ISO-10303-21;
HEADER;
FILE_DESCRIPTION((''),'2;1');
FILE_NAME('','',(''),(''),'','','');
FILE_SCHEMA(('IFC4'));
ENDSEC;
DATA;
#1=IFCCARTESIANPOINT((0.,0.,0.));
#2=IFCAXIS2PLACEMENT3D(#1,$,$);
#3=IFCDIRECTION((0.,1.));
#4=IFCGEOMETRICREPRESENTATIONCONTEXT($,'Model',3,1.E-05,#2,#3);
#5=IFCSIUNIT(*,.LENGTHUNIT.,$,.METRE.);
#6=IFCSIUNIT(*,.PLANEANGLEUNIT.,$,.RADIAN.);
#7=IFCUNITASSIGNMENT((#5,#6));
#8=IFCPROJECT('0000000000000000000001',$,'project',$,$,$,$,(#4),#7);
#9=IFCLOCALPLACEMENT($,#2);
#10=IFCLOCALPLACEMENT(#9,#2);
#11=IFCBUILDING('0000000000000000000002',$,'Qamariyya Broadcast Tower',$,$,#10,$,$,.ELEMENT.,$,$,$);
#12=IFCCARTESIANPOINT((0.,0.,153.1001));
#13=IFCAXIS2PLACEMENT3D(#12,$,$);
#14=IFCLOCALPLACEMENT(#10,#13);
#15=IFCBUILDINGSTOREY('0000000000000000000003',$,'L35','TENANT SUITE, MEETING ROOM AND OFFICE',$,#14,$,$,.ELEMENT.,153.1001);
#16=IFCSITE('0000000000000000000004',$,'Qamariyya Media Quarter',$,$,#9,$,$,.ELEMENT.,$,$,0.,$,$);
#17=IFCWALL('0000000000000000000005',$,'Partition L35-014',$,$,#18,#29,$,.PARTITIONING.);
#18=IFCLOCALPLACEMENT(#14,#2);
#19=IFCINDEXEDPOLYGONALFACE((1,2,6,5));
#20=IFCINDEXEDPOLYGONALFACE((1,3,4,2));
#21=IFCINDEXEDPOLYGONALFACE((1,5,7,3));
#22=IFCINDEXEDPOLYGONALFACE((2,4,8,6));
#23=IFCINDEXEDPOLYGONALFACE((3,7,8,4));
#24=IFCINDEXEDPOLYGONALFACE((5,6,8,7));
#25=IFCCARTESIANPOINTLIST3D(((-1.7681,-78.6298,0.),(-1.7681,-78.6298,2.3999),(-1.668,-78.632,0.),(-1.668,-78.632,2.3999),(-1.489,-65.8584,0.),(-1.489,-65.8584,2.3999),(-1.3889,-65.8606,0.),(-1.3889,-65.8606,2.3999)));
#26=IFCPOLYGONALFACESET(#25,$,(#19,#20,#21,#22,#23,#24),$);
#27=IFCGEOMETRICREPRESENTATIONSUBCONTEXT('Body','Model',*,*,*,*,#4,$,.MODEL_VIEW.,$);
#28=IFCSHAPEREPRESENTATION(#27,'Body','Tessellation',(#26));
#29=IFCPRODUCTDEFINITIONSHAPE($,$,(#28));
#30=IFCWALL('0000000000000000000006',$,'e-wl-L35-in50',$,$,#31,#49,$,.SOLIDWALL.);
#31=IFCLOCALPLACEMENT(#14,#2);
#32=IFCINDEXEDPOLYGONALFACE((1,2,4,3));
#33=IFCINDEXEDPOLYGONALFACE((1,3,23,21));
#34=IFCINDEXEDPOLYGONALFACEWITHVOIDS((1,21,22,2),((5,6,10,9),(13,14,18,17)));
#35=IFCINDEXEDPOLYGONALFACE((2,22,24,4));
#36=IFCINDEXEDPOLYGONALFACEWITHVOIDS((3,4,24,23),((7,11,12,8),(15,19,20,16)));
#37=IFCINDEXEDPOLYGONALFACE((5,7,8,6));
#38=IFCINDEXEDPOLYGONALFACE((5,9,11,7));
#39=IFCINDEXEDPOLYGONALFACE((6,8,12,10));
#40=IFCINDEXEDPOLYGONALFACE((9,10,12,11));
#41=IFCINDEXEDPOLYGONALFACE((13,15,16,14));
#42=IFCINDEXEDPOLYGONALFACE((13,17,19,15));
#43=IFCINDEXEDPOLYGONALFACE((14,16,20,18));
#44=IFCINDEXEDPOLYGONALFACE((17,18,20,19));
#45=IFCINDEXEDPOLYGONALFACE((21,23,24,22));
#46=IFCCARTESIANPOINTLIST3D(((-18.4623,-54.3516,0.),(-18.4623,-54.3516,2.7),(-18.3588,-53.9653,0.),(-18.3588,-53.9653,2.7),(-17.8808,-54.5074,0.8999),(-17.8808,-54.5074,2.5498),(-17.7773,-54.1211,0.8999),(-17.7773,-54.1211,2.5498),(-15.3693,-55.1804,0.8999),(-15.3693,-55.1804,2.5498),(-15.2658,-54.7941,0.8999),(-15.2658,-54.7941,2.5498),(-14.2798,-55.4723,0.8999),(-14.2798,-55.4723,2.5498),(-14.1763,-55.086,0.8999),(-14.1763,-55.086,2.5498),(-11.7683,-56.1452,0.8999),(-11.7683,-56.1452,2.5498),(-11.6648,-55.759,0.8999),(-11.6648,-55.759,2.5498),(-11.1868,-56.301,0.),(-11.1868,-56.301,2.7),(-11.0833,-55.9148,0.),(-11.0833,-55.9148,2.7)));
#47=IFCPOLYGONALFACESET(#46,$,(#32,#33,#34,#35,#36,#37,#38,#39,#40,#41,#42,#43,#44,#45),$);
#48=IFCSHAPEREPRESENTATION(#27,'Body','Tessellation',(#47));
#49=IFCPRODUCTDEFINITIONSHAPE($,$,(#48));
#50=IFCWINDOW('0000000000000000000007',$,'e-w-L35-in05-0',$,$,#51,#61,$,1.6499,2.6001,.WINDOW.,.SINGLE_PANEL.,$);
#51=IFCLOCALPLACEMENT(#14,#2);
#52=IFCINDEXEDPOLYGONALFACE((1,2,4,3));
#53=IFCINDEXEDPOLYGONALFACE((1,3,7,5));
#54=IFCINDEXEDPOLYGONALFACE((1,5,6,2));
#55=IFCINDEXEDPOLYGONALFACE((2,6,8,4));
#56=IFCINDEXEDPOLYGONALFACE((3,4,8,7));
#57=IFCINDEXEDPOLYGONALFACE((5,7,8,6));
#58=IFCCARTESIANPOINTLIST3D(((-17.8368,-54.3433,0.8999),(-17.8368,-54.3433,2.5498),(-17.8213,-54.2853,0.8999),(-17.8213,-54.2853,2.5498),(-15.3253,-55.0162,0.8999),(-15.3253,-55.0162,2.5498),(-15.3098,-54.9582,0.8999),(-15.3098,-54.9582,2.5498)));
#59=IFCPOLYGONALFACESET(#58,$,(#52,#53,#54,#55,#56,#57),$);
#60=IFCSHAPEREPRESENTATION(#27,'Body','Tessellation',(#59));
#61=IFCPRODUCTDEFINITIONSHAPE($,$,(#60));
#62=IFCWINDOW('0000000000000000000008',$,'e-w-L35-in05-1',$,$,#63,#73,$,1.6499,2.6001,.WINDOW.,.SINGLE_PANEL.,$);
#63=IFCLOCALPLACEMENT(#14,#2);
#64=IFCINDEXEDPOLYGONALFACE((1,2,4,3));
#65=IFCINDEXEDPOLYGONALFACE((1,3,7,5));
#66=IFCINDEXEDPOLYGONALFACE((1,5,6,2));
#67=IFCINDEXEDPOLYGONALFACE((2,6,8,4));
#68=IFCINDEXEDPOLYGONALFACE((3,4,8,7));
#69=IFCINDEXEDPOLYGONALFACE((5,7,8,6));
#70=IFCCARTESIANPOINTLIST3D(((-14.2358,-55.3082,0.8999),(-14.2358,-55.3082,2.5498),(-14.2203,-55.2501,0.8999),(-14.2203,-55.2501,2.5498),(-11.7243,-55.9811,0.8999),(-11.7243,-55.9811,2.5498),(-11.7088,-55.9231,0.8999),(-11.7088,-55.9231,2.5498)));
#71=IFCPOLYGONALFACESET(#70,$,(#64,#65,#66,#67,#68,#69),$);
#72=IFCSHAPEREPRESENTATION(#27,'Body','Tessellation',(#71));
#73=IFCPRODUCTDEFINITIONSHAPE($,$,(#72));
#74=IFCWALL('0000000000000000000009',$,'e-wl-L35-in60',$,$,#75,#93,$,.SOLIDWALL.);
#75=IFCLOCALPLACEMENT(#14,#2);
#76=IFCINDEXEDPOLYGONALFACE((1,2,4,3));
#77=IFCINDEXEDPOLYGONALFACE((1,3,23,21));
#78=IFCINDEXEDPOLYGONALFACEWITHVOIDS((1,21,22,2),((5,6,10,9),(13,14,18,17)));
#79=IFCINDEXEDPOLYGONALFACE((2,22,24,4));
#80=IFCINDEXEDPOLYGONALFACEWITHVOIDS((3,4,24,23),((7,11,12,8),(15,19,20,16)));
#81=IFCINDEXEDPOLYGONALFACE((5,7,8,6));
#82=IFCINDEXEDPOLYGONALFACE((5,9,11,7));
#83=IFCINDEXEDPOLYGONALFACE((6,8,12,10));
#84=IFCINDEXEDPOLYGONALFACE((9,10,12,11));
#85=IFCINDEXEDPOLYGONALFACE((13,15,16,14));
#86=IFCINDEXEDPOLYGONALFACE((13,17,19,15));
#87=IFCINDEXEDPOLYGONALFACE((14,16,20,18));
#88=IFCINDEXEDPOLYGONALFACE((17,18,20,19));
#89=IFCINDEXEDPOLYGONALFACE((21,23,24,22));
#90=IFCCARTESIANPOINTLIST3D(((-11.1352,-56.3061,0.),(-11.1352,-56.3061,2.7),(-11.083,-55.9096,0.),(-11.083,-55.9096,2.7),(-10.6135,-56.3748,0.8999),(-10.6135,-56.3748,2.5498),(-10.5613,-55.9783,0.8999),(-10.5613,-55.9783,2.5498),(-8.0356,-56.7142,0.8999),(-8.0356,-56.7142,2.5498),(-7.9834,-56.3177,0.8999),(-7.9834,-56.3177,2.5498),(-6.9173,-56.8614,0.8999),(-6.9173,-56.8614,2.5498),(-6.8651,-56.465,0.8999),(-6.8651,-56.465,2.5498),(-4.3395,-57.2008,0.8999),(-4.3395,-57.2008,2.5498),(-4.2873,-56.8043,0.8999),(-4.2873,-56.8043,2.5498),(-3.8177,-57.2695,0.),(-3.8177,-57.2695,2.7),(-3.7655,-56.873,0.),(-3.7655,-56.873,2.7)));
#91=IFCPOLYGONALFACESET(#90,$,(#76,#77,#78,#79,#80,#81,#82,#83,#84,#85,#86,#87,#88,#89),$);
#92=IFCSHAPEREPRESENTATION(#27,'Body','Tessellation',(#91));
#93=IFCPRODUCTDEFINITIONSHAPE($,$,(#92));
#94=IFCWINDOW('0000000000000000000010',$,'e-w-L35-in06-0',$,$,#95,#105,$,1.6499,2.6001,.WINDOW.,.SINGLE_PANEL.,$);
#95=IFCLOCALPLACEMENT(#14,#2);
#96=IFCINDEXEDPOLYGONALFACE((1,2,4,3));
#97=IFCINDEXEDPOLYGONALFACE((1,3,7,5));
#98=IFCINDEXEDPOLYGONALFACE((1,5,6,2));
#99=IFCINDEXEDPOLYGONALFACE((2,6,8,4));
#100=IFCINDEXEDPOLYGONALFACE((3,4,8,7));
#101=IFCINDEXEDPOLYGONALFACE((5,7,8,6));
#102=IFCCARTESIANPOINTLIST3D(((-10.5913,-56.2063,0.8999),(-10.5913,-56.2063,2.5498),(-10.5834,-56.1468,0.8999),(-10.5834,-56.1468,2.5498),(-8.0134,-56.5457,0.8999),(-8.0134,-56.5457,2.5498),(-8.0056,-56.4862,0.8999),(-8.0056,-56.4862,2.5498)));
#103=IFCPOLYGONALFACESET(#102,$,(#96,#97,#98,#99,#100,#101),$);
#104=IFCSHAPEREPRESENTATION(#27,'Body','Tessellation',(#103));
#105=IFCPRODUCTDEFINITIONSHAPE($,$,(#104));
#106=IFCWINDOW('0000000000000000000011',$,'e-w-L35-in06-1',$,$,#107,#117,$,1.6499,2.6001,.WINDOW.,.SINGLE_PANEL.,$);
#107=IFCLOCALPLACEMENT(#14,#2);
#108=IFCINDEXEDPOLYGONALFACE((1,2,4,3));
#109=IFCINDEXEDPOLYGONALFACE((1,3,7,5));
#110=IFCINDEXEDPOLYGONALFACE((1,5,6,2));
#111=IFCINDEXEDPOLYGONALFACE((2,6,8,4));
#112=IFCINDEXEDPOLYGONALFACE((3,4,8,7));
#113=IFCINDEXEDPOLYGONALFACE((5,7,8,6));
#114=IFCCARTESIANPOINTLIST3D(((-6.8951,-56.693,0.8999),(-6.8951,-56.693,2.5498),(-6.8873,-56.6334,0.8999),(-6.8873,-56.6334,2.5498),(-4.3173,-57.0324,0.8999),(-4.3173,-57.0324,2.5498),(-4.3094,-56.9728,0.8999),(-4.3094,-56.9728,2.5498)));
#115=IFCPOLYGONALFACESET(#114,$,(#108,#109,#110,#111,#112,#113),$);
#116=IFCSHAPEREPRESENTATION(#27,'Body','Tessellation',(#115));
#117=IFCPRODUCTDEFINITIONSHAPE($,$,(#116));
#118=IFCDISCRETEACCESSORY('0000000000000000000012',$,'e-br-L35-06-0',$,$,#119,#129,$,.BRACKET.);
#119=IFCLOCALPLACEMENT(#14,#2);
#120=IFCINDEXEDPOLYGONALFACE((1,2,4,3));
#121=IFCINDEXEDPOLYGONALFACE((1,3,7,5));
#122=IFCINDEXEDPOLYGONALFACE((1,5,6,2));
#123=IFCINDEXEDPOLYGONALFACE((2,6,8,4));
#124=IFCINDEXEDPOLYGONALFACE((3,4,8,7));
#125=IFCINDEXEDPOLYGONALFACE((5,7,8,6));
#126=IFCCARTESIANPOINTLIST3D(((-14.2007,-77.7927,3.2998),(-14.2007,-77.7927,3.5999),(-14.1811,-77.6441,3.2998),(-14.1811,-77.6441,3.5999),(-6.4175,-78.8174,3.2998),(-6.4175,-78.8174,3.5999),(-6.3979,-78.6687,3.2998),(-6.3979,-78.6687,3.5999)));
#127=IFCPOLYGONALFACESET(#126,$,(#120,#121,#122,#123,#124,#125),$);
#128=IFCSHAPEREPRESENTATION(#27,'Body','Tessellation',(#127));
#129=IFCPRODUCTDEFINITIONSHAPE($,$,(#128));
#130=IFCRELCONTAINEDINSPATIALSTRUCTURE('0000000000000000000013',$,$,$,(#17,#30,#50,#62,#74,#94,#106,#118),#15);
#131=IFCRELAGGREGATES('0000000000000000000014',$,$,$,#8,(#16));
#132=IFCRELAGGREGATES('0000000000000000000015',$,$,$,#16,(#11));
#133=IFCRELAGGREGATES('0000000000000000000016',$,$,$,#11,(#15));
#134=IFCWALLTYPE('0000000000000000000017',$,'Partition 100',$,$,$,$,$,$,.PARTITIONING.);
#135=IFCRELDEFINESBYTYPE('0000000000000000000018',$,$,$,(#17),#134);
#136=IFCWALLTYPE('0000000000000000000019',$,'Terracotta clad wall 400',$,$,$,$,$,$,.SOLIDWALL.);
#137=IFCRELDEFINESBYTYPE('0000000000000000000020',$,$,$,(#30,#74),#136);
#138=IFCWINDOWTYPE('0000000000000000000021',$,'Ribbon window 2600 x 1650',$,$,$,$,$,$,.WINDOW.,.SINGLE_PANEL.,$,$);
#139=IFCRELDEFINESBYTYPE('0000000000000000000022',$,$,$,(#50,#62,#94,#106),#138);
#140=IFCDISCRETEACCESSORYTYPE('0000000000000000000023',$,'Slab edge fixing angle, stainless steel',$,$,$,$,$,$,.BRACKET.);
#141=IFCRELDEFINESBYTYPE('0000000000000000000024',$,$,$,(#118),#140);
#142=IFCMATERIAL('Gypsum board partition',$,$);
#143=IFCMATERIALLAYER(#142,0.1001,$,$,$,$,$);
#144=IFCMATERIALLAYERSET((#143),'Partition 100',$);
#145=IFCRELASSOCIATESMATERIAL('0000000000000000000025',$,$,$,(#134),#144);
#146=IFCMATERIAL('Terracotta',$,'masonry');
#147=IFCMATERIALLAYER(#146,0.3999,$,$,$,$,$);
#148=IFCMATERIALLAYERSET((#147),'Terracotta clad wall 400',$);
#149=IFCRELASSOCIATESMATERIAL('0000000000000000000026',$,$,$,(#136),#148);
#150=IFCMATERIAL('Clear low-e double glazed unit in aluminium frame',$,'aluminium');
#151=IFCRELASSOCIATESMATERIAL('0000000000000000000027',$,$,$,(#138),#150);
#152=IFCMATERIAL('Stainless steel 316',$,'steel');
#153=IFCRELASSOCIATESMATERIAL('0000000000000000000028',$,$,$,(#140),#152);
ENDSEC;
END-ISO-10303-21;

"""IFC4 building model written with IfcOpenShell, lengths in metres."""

from ifc_helpers import new_model, si_unit, direction, frame, frame_2d, origin, origin_2d, place, context, subcontext, project, spatial, rectangle, extrude, material, layer, layer_set, type_object, element, fill, save


model = new_model("IFC4")

# Units and contexts
model_context = context("Model", 3, precision=1e-05, world=origin(), true_north=direction((0.0, 1.0)))
body_context = subcontext(model_context, "Body", "Model", "MODEL_VIEW")
ifc_project = project(units=[si_unit("LENGTHUNIT", "METRE"), si_unit("PLANEANGLEUNIT", "RADIAN")], contexts=[model_context])

# Site, building, storey
site_placement = place(None, origin())
site = spatial("IfcSite", under=ifc_project, at=site_placement, Name="Qamariyya Media Quarter", CompositionType="ELEMENT", RefElevation=0.0)
building_placement = place(site_placement, origin())
building = spatial("IfcBuilding", under=site, at=building_placement, Name="Qamariyya Broadcast Tower", CompositionType="ELEMENT")
storey_placement = place(building_placement, frame((0.0, 0.0, 153.1001)))
storey = spatial("IfcBuildingStorey", under=building, at=storey_placement, Name="L35", Description="TENANT SUITE, MEETING ROOM AND OFFICE", CompositionType="ELEMENT", Elevation=153.1001)

# Shared definitions
ifc_material_1 = material(Name="Gypsum board partition")

# Wall
ifc_layer_1 = layer(ifc_material_1, 0.1001)
ifc_layer_set_1 = layer_set([ifc_layer_1], Name="Partition 100")
wall_type_1 = type_object("IfcWallType", Name="Partition 100", PredefinedType="PARTITIONING", material=ifc_layer_set_1)
for number, where, z_axis, x_axis, name in (
    (1, (-1.718, -78.6309, 0.0), (0.0, 0.0, 1.0), (0.021844, 0.999761, 0.0), "Partition L35-014"),
):
    element("IfcWall", number, at=place(storey_placement, frame(where, z_axis=z_axis, x_axis=x_axis)), inside=storey, type_object=wall_type_1, Name=name, PredefinedType="PARTITIONING", context=body_context, shape_type="SweptSolid", body=[
        extrude(rectangle(XDim=12.7744, YDim=0.1001, at=frame_2d((6.3872, 0.0))), origin(), (0.0, 0.0, 1.0), 2.3999),
    ])

# Walls, openings, windows
ifc_material_2 = material(Name="Terracotta", Category="masonry")
ifc_layer_2 = layer(ifc_material_2, 0.3999)
ifc_layer_set_2 = layer_set([ifc_layer_2], Name="Terracotta clad wall 400")
wall_type_2 = type_object("IfcWallType", Name="Terracotta clad wall 400", PredefinedType="SOLIDWALL", material=ifc_layer_set_2)
wall_1_placement = place(storey_placement, frame((-11.135, -56.1079, 0.0), z_axis=(0.0, 0.0, 1.0), x_axis=(-0.965927, 0.258814, 0.0)))
wall_1 = element("IfcWall", 2, at=wall_1_placement, inside=storey, type_object=wall_type_2, Name="e-wl-L35-in50", PredefinedType="SOLIDWALL", context=body_context, shape_type="SweptSolid", body=[
    extrude(rectangle(XDim=7.5322, YDim=0.3999, at=frame_2d((3.7661, 0.0))), origin(), (0.0, 0.0, 1.0), 2.7),
])
opening_1_placement = place(wall_1_placement, frame((4.3301, 0.0, 0.8999)))
opening_1 = element("IfcOpeningElement", 3, at=opening_1_placement, cuts=wall_1, PredefinedType="OPENING", context=body_context, shape_type="SweptSolid", body=[
    extrude(rectangle(XDim=2.6001, YDim=1.6499, at=frame_2d((1.3, 0.825))), frame((0.0, 0.21, 0.0), z_axis=(0.0, -1.0, 0.0), x_axis=(1.0, 0.0, 0.0)), (0.0, 0.0, 1.0), 0.4199),
])
opening_2_placement = place(wall_1_placement, frame((0.6021, 0.0, 0.8999)))
opening_2 = element("IfcOpeningElement", 4, at=opening_2_placement, cuts=wall_1, PredefinedType="OPENING", context=body_context, shape_type="SweptSolid", body=[
    extrude(rectangle(XDim=2.6001, YDim=1.6499, at=frame_2d((1.3, 0.825))), frame((0.0, 0.21, 0.0), z_axis=(0.0, -1.0, 0.0), x_axis=(1.0, 0.0, 0.0)), (0.0, 0.0, 1.0), 0.4199),
])
ifc_material_3 = material(Name="Clear low-e double glazed unit in aluminium frame", Category="aluminium")
window_type = type_object("IfcWindowType", Name="Ribbon window 2600 x 1650", PartitioningType="SINGLE_PANEL", PredefinedType="WINDOW", material=ifc_material_3)
window_1_placement = place(opening_1_placement, origin())
window_1 = element("IfcWindow", 5, at=window_1_placement, inside=storey, type_object=window_type, Name="e-w-L35-in05-0", OverallHeight=1.6499, OverallWidth=2.6001, PartitioningType="SINGLE_PANEL", PredefinedType="WINDOW", context=body_context, shape_type="SweptSolid", body=[
    extrude(rectangle(XDim=2.6001, YDim=1.6499, at=frame_2d((1.3, 0.825))), frame((0.0, 0.03, 0.0), z_axis=(0.0, -1.0, 0.0), x_axis=(1.0, 0.0, 0.0)), (0.0, 0.0, 1.0), 0.0601),
])
fill(opening_1, window_1)
window_2_placement = place(opening_2_placement, origin())
window_2 = element("IfcWindow", 6, at=window_2_placement, inside=storey, type_object=window_type, Name="e-w-L35-in05-1", OverallHeight=1.6499, OverallWidth=2.6001, PartitioningType="SINGLE_PANEL", PredefinedType="WINDOW", context=body_context, shape_type="SweptSolid", body=[
    extrude(rectangle(XDim=2.6001, YDim=1.6499, at=frame_2d((1.3, 0.825))), frame((0.0, 0.03, 0.0), z_axis=(0.0, -1.0, 0.0), x_axis=(1.0, 0.0, 0.0)), (0.0, 0.0, 1.0), 0.0601),
])
fill(opening_2, window_2)
wall_2_placement = place(storey_placement, frame((-3.7915, -57.0713, 0.0), z_axis=(0.0, 0.0, 1.0), x_axis=(-0.991444, 0.13053, 0.0)))
wall_2 = element("IfcWall", 7, at=wall_2_placement, inside=storey, type_object=wall_type_2, Name="e-wl-L35-in60", PredefinedType="SOLIDWALL", context=body_context, shape_type="SweptSolid", body=[
    extrude(rectangle(XDim=7.3806, YDim=0.3999, at=frame_2d((3.6904, 0.0))), origin(), (0.0, 0.0, 1.0), 2.7),
])
opening_3_placement = place(wall_2_placement, frame((4.2544, 0.0, 0.8999)))
opening_3 = element("IfcOpeningElement", 8, at=opening_3_placement, cuts=wall_2, PredefinedType="OPENING", context=body_context, shape_type="SweptSolid", body=[
    extrude(rectangle(XDim=2.6001, YDim=1.6499, at=frame_2d((1.3, 0.825))), frame((0.0, 0.21, 0.0), z_axis=(0.0, -1.0, 0.0), x_axis=(1.0, 0.0, 0.0)), (0.0, 0.0, 1.0), 0.4199),
])
opening_4_placement = place(wall_2_placement, frame((0.5264, 0.0, 0.8999)))
opening_4 = element("IfcOpeningElement", 9, at=opening_4_placement, cuts=wall_2, PredefinedType="OPENING", context=body_context, shape_type="SweptSolid", body=[
    extrude(rectangle(XDim=2.6001, YDim=1.6499, at=frame_2d((1.3, 0.825))), frame((0.0, 0.21, 0.0), z_axis=(0.0, -1.0, 0.0), x_axis=(1.0, 0.0, 0.0)), (0.0, 0.0, 1.0), 0.4199),
])
window_3_placement = place(opening_3_placement, origin())
window_3 = element("IfcWindow", 10, at=window_3_placement, inside=storey, type_object=window_type, Name="e-w-L35-in06-0", OverallHeight=1.6499, OverallWidth=2.6001, PartitioningType="SINGLE_PANEL", PredefinedType="WINDOW", context=body_context, shape_type="SweptSolid", body=[
    extrude(rectangle(XDim=2.6001, YDim=1.6499, at=frame_2d((1.3, 0.825))), frame((0.0, 0.03, 0.0), z_axis=(0.0, -1.0, 0.0), x_axis=(1.0, 0.0, 0.0)), (0.0, 0.0, 1.0), 0.0601),
])
fill(opening_3, window_3)
window_4_placement = place(opening_4_placement, origin())
window_4 = element("IfcWindow", 11, at=window_4_placement, inside=storey, type_object=window_type, Name="e-w-L35-in06-1", OverallHeight=1.6499, OverallWidth=2.6001, PartitioningType="SINGLE_PANEL", PredefinedType="WINDOW", context=body_context, shape_type="SweptSolid", body=[
    extrude(rectangle(XDim=2.6001, YDim=1.6499, at=frame_2d((1.3, 0.825))), frame((0.0, 0.03, 0.0), z_axis=(0.0, -1.0, 0.0), x_axis=(1.0, 0.0, 0.0)), (0.0, 0.0, 1.0), 0.0601),
])
fill(opening_4, window_4)

# Discrete accessory
ifc_material_4 = material(Name="Stainless steel 316", Category="steel")
discrete_accessory_type = type_object("IfcDiscreteAccessoryType", Name="Slab edge fixing angle, stainless steel", PredefinedType="BRACKET", material=ifc_material_4)
discrete_accessory_placement = place(storey_placement, frame((-10.2993, -78.2307, 3.2998), z_axis=(0.0, 0.0, 1.0), x_axis=(0.991445, -0.130526, 0.0)))
element("IfcDiscreteAccessory", 12, at=discrete_accessory_placement, inside=storey, type_object=discrete_accessory_type, Name="e-br-L35-06-0", PredefinedType="BRACKET", context=body_context, shape_type="SweptSolid", body=[
    extrude(rectangle(XDim=7.8503, YDim=0.1499, at=origin_2d()), origin(), (0.0, 0.0, 1.0), 0.3),
])

save(model, "model.ifc")
